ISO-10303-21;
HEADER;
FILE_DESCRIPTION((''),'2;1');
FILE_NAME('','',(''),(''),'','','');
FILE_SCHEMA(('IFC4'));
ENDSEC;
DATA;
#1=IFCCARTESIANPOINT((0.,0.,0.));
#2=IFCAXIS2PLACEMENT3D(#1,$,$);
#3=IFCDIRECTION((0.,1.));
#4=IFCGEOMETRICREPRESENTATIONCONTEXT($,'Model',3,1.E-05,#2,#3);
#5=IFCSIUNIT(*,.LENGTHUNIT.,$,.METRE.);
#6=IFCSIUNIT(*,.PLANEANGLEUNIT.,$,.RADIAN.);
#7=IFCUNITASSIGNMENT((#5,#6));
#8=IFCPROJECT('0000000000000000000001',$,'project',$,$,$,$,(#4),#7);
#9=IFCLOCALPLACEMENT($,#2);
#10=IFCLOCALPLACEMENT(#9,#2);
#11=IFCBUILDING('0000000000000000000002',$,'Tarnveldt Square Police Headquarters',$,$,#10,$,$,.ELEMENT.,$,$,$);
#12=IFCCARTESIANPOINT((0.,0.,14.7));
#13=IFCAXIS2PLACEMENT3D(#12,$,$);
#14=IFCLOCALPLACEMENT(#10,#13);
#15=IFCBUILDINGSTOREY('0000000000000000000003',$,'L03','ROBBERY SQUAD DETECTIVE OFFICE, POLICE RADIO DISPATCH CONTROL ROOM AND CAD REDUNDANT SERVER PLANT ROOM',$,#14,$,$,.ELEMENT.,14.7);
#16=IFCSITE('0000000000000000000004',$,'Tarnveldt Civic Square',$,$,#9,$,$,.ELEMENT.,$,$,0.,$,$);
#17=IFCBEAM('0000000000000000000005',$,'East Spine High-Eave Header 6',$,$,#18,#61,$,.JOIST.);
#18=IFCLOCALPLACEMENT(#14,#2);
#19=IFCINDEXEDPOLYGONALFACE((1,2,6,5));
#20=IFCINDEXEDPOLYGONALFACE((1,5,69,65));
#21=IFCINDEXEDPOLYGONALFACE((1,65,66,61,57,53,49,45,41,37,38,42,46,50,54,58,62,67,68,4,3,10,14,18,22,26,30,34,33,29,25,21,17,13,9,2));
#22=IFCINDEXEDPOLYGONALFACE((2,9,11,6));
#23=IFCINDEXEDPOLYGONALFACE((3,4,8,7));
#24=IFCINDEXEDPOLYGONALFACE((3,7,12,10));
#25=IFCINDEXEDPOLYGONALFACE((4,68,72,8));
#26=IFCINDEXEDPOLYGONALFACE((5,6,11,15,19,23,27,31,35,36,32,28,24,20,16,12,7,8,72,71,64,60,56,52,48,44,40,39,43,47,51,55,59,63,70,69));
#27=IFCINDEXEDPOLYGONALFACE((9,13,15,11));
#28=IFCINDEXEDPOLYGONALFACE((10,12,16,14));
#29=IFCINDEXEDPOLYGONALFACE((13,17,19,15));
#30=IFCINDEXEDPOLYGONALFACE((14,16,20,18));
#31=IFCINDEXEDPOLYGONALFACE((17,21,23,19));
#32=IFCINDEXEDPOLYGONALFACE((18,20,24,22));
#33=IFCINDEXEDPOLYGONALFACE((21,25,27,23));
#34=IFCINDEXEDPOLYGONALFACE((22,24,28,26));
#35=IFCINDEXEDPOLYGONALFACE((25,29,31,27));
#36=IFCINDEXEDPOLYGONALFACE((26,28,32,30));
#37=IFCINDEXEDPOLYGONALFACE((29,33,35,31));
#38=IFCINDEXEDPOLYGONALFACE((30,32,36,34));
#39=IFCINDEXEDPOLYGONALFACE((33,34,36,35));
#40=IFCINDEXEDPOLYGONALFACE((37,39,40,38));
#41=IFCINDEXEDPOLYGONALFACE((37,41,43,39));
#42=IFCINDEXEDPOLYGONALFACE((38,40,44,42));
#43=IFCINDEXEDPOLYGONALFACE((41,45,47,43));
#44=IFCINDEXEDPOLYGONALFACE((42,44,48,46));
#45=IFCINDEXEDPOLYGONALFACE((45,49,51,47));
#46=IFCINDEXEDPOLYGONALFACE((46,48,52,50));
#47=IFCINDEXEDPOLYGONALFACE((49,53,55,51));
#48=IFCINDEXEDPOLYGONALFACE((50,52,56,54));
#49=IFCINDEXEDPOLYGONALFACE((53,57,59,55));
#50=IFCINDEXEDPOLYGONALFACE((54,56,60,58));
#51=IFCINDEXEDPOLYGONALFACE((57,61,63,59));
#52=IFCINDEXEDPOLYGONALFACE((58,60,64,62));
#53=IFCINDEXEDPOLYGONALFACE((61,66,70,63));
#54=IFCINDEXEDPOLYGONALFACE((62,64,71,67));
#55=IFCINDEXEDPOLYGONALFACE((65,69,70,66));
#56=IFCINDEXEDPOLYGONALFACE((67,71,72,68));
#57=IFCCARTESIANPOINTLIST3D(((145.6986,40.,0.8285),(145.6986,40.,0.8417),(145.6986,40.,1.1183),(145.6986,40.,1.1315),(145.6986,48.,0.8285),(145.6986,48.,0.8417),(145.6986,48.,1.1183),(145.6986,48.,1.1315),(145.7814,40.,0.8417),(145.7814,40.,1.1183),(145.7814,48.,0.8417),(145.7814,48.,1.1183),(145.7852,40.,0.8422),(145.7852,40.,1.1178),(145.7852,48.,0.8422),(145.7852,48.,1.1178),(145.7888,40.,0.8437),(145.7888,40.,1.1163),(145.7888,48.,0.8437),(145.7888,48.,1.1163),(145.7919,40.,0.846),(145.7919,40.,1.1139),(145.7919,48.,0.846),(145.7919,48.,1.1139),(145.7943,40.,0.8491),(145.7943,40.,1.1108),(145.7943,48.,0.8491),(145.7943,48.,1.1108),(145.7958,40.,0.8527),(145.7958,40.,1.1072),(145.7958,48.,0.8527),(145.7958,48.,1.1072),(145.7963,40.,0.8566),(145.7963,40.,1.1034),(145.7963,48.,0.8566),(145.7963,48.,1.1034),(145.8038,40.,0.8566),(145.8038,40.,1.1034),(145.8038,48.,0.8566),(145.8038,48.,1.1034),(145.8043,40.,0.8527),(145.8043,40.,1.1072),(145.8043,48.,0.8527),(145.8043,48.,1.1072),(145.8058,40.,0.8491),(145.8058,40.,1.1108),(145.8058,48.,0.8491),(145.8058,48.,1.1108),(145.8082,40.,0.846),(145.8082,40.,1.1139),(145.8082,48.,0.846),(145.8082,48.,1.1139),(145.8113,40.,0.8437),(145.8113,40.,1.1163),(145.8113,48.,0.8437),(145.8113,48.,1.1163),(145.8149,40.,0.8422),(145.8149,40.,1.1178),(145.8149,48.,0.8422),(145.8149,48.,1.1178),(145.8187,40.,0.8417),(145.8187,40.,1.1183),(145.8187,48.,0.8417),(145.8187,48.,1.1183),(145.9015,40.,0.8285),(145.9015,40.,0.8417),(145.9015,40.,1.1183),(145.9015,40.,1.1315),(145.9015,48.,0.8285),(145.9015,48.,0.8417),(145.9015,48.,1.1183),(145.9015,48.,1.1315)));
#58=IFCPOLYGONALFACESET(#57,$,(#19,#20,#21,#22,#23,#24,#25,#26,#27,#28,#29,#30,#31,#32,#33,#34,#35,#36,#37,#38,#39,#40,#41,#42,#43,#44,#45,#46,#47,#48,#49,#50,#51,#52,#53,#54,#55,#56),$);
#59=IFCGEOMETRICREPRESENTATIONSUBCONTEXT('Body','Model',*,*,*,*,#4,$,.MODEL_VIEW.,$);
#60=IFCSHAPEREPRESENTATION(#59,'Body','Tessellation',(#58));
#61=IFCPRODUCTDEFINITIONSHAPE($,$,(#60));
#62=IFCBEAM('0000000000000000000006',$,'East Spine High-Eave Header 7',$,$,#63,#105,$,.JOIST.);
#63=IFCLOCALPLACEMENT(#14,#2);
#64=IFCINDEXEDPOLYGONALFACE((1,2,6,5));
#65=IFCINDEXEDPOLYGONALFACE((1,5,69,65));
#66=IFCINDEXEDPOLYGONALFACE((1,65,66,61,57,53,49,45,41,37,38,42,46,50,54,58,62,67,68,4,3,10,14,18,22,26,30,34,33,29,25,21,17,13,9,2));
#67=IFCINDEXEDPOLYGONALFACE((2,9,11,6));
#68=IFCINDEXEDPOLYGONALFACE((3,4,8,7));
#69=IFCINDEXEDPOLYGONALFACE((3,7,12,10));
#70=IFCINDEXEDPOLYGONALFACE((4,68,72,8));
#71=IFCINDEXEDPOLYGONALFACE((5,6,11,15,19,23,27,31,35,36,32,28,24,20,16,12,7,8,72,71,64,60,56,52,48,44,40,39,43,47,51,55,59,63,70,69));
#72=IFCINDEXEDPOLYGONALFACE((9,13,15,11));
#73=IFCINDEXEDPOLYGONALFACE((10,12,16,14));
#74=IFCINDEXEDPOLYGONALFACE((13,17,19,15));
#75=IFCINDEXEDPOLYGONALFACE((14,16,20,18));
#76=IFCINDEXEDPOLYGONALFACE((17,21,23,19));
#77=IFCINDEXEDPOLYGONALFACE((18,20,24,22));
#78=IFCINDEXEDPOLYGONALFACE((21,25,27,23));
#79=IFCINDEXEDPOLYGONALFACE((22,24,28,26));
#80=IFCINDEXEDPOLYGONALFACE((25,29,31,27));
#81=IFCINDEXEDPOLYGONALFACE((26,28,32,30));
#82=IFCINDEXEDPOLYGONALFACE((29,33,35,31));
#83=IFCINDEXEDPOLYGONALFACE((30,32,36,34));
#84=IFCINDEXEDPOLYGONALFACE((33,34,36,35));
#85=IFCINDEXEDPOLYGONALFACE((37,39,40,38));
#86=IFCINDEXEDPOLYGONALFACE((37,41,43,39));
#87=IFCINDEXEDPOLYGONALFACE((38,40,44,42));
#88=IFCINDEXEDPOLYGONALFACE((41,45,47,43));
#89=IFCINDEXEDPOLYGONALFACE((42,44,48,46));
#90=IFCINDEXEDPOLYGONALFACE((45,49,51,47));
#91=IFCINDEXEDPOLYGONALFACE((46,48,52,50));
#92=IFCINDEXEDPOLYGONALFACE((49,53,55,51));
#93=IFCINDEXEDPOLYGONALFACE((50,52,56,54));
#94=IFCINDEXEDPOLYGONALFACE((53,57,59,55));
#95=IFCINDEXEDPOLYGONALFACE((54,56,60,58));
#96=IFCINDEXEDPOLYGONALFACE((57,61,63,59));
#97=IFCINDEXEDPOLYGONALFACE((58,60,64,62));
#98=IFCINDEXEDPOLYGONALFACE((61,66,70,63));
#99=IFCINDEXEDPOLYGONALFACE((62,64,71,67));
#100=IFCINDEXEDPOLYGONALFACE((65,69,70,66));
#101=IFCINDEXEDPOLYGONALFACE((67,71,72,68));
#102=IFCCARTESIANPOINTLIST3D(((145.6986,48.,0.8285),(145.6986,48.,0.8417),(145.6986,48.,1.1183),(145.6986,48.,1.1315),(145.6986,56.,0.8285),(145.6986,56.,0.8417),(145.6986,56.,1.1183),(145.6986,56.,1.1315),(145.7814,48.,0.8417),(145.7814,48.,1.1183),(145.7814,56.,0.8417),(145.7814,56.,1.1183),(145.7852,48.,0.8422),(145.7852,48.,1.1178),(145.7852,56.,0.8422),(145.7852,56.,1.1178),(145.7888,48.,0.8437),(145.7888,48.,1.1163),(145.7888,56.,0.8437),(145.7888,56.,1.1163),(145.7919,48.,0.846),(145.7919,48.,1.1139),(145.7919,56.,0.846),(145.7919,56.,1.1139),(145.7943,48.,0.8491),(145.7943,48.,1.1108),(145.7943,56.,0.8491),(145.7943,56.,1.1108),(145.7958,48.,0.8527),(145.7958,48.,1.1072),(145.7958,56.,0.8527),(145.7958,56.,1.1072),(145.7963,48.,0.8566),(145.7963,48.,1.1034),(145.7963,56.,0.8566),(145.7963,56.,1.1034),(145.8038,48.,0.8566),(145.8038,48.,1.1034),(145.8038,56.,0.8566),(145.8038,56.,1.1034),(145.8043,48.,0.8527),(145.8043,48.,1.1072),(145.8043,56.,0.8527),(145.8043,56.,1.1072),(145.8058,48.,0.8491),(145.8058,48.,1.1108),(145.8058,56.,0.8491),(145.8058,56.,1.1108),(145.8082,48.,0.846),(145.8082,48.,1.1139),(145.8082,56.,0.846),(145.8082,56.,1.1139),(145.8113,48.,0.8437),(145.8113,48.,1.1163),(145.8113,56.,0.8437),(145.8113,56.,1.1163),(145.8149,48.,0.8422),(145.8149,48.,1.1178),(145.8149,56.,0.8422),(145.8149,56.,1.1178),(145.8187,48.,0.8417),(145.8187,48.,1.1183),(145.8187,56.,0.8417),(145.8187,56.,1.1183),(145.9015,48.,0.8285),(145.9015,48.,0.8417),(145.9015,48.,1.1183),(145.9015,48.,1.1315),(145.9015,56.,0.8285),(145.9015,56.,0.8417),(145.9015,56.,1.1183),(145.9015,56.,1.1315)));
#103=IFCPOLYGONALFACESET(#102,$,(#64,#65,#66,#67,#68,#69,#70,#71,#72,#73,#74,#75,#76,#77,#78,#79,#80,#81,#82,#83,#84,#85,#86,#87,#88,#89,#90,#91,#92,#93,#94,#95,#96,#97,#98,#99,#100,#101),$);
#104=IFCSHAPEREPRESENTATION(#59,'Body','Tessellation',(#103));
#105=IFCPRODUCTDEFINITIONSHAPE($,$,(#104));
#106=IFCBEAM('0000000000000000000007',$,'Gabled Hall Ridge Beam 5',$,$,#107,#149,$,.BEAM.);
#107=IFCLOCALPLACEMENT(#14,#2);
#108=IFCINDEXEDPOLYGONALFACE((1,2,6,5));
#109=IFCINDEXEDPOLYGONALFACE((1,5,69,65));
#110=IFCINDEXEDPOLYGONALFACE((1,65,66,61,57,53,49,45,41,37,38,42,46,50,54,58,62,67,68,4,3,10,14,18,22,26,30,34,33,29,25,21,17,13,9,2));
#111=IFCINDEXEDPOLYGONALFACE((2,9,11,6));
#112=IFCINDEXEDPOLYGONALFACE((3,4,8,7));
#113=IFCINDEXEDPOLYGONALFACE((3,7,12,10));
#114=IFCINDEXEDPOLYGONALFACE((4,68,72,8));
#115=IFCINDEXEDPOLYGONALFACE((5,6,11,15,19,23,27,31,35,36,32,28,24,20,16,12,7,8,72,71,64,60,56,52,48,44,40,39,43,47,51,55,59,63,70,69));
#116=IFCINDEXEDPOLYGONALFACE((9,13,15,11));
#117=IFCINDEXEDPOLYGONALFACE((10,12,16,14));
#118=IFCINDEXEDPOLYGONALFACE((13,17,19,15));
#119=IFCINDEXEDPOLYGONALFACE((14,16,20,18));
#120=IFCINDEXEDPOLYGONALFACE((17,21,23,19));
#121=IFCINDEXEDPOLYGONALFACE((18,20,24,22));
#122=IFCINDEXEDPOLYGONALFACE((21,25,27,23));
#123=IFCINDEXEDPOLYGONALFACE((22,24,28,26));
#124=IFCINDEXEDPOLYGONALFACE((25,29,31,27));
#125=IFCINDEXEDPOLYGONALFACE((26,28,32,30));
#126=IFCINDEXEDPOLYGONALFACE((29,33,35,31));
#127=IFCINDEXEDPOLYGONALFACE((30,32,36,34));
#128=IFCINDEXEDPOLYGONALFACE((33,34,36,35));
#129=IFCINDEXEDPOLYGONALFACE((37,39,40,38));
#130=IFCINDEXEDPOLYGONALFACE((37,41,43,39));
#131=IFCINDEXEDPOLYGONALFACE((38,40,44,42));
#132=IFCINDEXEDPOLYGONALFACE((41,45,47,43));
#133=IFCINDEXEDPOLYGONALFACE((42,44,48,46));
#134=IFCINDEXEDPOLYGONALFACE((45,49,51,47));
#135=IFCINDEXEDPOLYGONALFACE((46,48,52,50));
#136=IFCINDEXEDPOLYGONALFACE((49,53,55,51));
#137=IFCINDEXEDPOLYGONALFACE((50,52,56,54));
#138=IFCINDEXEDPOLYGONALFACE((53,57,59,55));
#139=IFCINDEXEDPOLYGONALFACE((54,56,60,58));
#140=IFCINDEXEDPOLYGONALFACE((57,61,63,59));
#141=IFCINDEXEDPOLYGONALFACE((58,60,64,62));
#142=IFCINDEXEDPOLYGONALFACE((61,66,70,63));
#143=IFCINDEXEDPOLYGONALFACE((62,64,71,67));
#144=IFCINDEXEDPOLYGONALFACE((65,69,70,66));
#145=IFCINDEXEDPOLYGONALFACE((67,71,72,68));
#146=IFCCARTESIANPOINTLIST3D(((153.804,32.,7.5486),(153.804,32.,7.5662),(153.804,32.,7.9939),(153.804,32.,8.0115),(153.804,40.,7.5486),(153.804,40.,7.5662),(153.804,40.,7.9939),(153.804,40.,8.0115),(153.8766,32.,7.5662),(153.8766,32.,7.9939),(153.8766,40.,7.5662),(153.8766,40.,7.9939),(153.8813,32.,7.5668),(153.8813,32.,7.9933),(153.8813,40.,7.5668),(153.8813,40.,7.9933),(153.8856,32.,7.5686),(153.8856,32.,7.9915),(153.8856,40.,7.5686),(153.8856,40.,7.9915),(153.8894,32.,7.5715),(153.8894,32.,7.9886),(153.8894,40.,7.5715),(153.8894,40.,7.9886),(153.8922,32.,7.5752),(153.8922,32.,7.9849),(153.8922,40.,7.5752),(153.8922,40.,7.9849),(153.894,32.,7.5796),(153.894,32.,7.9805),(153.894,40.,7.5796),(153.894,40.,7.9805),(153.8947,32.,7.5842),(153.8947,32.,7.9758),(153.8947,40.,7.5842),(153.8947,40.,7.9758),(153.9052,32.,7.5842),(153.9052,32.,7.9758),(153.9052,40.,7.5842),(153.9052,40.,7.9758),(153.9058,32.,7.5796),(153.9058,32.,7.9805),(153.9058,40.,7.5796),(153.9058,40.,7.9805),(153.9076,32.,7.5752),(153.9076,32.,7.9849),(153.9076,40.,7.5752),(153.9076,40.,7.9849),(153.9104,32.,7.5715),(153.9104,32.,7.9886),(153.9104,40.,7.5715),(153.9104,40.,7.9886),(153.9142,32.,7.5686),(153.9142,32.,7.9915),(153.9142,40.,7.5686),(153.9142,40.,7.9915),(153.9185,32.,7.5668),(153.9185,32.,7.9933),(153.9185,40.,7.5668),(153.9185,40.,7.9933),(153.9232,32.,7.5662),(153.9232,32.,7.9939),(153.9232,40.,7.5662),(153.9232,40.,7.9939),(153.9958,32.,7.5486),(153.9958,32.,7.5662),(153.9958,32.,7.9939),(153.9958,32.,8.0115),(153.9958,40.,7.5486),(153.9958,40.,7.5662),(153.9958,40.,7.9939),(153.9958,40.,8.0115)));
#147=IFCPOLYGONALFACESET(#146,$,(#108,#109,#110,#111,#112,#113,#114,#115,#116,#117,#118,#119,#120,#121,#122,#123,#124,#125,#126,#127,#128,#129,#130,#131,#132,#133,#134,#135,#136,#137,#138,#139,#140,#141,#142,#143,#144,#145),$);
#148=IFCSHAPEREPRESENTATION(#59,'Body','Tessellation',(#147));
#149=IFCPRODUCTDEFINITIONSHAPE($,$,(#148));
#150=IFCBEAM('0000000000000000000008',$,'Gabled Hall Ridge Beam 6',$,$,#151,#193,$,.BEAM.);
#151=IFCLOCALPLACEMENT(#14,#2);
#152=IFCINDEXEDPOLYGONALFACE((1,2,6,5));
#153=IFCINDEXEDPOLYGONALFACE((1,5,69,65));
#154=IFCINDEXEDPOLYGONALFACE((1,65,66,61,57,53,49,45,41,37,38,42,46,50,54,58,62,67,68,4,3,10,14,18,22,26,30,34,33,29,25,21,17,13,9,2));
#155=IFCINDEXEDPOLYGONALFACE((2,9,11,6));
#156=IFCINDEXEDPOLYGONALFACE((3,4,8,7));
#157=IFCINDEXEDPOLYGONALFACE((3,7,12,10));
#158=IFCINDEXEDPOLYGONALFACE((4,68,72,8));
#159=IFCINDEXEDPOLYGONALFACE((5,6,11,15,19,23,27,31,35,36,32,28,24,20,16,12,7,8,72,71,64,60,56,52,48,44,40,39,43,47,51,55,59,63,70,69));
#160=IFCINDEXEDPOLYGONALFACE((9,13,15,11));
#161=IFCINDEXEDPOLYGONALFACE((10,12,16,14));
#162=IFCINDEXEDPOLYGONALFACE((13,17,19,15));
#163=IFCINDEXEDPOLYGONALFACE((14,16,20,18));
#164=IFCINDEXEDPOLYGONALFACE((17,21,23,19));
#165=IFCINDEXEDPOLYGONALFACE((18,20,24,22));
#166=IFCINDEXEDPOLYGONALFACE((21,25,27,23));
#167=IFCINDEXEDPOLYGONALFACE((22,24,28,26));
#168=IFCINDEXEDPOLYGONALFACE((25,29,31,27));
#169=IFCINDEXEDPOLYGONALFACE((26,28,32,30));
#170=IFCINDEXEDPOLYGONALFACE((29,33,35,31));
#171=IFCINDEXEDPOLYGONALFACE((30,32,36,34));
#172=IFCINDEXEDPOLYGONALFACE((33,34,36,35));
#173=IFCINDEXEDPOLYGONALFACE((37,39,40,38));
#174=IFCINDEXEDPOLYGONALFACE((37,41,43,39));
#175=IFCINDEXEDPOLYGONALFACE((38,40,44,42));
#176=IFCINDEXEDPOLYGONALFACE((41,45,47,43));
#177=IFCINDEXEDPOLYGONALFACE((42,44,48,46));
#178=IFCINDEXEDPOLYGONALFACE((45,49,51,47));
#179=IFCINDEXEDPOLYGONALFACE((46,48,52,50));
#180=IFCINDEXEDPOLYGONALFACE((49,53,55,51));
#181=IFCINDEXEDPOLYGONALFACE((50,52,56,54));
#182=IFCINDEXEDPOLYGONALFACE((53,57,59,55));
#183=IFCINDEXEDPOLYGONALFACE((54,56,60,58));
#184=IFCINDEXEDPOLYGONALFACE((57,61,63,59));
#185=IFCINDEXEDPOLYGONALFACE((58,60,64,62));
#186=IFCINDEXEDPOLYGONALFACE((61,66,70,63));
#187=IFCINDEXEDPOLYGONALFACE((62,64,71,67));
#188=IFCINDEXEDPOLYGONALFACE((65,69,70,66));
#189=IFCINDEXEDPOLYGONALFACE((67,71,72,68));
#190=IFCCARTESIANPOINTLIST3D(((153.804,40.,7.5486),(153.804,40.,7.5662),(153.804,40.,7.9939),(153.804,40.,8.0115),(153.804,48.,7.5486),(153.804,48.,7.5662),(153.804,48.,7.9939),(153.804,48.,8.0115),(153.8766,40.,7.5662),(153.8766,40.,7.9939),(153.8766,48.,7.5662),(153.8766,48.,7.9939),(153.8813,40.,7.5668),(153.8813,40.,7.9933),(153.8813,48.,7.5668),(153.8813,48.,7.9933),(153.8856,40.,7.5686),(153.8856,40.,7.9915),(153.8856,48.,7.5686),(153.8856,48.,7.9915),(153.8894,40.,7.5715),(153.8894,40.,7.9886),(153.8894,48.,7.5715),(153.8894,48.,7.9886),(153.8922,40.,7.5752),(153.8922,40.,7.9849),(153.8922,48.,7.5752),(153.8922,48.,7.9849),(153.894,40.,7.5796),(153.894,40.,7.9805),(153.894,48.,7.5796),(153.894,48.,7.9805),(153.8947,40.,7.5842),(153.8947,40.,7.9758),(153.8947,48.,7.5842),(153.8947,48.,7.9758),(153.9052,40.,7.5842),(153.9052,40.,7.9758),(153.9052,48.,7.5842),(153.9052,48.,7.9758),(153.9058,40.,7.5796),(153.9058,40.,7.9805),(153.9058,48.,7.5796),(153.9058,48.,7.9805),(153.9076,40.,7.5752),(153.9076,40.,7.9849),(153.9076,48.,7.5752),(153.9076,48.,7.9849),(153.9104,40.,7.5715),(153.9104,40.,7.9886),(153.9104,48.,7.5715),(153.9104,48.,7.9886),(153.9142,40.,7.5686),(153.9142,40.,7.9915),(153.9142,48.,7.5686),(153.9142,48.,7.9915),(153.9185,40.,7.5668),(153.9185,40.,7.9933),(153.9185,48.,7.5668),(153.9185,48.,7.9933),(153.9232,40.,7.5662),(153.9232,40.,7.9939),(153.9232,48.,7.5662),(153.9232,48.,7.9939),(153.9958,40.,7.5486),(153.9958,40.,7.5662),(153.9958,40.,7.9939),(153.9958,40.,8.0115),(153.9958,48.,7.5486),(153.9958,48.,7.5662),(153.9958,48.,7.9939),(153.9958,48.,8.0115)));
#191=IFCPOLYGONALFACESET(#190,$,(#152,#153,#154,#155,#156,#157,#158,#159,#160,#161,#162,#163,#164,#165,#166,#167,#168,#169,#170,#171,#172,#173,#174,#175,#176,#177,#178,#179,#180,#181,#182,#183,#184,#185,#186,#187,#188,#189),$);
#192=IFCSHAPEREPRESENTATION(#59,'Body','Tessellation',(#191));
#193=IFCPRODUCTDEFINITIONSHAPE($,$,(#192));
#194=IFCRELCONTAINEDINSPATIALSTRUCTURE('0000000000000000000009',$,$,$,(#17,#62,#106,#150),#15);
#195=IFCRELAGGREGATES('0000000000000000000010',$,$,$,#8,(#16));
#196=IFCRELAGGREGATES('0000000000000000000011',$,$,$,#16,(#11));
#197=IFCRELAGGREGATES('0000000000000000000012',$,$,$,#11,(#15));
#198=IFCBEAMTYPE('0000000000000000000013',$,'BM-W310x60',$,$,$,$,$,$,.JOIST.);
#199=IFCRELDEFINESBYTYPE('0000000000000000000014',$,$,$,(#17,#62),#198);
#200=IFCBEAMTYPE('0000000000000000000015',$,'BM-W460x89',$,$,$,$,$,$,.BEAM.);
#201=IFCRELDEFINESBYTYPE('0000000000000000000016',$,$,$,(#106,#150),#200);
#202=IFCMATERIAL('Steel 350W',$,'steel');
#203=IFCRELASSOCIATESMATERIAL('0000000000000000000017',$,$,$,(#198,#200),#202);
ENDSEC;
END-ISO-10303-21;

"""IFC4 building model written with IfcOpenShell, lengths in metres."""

from ifc_helpers import new_model, si_unit, direction, frame, origin, origin_2d, place, context, subcontext, project, spatial, i_section, extrude, material, material_profile, profile_set, type_object, element, save


model = new_model("IFC4")

# Units and contexts
model_context = context("Model", 3, precision=1e-05, world=origin(), true_north=direction((0.0, 1.0)))
body_context = subcontext(model_context, "Body", "Model", "MODEL_VIEW")
ifc_project = project(units=[si_unit("LENGTHUNIT", "METRE"), si_unit("PLANEANGLEUNIT", "RADIAN")], contexts=[model_context])

# Site, building, storey
site_placement = place(None, origin())
site = spatial("IfcSite", under=ifc_project, at=site_placement, Name="Tarnveldt Civic Square", CompositionType="ELEMENT", RefElevation=0.0)
building_placement = place(site_placement, origin())
building = spatial("IfcBuilding", under=site, at=building_placement, Name="Tarnveldt Square Police Headquarters", CompositionType="ELEMENT")
storey_placement = place(building_placement, frame((0.0, 0.0, 14.7)))
storey = spatial("IfcBuildingStorey", under=building, at=storey_placement, Name="L03", Description="ROBBERY SQUAD DETECTIVE OFFICE, POLICE RADIO DISPATCH CONTROL ROOM AND CAD REDUNDANT SERVER PLANT ROOM", CompositionType="ELEMENT", Elevation=14.7)

# Beams
ifc_material_1 = material(Name="Steel 350W", Category="steel")
ifc_material_profile_1 = material_profile(ifc_material_1, i_section(OverallWidth=0.2029, OverallDepth=0.303, WebThickness=0.0076, FlangeThickness=0.0132, FilletRadius=0.0149, at=origin_2d()), Name="W310x60")
ifc_profile_set_1 = profile_set([ifc_material_profile_1], Name="Steel 350W")
beam_type_1 = type_object("IfcBeamType", Name="BM-W310x60", PredefinedType="JOIST", material=ifc_profile_set_1)
for number, where, z_axis, x_axis, name in (
    (1, (145.8, 40.0, 0.98), (0.0, 1.0, 0.0), (-1.0, 0.0, 0.0), "East Spine High-Eave Header 6"),
    (2, (145.8, 48.0, 0.98), (0.0, 1.0, 0.0), (-1.0, 0.0, 0.0), "East Spine High-Eave Header 7"),
):
    element("IfcBeam", number, at=place(storey_placement, frame(where, z_axis=z_axis, x_axis=x_axis)), inside=storey, type_object=beam_type_1, Name=name, PredefinedType="JOIST", context=body_context, shape_type="SweptSolid", body=[
        extrude(i_section(OverallWidth=0.2029, OverallDepth=0.303, WebThickness=0.0076, FlangeThickness=0.0132, FilletRadius=0.0149, at=origin_2d()), origin(), (0.0, 0.0, 1.0), 8.0),
    ])
ifc_material_profile_2 = material_profile(ifc_material_1, i_section(OverallWidth=0.1919, OverallDepth=0.4629, WebThickness=0.0105, FlangeThickness=0.0176, FilletRadius=0.0181, at=origin_2d()), Name="W460x89")
ifc_profile_set_2 = profile_set([ifc_material_profile_2], Name="Steel 350W")
beam_type_2 = type_object("IfcBeamType", Name="BM-W460x89", PredefinedType="BEAM", material=ifc_profile_set_2)
for number, where, z_axis, x_axis, name in (
    (3, (153.8999, 32.0, 7.78), (0.0, 1.0, 0.0), (-1.0, 0.0, 0.0), "Gabled Hall Ridge Beam 5"),
    (4, (153.8999, 40.0, 7.78), (0.0, 1.0, 0.0), (-1.0, 0.0, 0.0), "Gabled Hall Ridge Beam 6"),
):
    element("IfcBeam", number, at=place(storey_placement, frame(where, z_axis=z_axis, x_axis=x_axis)), inside=storey, type_object=beam_type_2, Name=name, PredefinedType="BEAM", context=body_context, shape_type="SweptSolid", body=[
        extrude(i_section(OverallWidth=0.1919, OverallDepth=0.4629, WebThickness=0.0105, FlangeThickness=0.0176, FilletRadius=0.0181, at=origin_2d()), origin(), (0.0, 0.0, 1.0), 8.0),
    ])

save(model, "model.ifc")
